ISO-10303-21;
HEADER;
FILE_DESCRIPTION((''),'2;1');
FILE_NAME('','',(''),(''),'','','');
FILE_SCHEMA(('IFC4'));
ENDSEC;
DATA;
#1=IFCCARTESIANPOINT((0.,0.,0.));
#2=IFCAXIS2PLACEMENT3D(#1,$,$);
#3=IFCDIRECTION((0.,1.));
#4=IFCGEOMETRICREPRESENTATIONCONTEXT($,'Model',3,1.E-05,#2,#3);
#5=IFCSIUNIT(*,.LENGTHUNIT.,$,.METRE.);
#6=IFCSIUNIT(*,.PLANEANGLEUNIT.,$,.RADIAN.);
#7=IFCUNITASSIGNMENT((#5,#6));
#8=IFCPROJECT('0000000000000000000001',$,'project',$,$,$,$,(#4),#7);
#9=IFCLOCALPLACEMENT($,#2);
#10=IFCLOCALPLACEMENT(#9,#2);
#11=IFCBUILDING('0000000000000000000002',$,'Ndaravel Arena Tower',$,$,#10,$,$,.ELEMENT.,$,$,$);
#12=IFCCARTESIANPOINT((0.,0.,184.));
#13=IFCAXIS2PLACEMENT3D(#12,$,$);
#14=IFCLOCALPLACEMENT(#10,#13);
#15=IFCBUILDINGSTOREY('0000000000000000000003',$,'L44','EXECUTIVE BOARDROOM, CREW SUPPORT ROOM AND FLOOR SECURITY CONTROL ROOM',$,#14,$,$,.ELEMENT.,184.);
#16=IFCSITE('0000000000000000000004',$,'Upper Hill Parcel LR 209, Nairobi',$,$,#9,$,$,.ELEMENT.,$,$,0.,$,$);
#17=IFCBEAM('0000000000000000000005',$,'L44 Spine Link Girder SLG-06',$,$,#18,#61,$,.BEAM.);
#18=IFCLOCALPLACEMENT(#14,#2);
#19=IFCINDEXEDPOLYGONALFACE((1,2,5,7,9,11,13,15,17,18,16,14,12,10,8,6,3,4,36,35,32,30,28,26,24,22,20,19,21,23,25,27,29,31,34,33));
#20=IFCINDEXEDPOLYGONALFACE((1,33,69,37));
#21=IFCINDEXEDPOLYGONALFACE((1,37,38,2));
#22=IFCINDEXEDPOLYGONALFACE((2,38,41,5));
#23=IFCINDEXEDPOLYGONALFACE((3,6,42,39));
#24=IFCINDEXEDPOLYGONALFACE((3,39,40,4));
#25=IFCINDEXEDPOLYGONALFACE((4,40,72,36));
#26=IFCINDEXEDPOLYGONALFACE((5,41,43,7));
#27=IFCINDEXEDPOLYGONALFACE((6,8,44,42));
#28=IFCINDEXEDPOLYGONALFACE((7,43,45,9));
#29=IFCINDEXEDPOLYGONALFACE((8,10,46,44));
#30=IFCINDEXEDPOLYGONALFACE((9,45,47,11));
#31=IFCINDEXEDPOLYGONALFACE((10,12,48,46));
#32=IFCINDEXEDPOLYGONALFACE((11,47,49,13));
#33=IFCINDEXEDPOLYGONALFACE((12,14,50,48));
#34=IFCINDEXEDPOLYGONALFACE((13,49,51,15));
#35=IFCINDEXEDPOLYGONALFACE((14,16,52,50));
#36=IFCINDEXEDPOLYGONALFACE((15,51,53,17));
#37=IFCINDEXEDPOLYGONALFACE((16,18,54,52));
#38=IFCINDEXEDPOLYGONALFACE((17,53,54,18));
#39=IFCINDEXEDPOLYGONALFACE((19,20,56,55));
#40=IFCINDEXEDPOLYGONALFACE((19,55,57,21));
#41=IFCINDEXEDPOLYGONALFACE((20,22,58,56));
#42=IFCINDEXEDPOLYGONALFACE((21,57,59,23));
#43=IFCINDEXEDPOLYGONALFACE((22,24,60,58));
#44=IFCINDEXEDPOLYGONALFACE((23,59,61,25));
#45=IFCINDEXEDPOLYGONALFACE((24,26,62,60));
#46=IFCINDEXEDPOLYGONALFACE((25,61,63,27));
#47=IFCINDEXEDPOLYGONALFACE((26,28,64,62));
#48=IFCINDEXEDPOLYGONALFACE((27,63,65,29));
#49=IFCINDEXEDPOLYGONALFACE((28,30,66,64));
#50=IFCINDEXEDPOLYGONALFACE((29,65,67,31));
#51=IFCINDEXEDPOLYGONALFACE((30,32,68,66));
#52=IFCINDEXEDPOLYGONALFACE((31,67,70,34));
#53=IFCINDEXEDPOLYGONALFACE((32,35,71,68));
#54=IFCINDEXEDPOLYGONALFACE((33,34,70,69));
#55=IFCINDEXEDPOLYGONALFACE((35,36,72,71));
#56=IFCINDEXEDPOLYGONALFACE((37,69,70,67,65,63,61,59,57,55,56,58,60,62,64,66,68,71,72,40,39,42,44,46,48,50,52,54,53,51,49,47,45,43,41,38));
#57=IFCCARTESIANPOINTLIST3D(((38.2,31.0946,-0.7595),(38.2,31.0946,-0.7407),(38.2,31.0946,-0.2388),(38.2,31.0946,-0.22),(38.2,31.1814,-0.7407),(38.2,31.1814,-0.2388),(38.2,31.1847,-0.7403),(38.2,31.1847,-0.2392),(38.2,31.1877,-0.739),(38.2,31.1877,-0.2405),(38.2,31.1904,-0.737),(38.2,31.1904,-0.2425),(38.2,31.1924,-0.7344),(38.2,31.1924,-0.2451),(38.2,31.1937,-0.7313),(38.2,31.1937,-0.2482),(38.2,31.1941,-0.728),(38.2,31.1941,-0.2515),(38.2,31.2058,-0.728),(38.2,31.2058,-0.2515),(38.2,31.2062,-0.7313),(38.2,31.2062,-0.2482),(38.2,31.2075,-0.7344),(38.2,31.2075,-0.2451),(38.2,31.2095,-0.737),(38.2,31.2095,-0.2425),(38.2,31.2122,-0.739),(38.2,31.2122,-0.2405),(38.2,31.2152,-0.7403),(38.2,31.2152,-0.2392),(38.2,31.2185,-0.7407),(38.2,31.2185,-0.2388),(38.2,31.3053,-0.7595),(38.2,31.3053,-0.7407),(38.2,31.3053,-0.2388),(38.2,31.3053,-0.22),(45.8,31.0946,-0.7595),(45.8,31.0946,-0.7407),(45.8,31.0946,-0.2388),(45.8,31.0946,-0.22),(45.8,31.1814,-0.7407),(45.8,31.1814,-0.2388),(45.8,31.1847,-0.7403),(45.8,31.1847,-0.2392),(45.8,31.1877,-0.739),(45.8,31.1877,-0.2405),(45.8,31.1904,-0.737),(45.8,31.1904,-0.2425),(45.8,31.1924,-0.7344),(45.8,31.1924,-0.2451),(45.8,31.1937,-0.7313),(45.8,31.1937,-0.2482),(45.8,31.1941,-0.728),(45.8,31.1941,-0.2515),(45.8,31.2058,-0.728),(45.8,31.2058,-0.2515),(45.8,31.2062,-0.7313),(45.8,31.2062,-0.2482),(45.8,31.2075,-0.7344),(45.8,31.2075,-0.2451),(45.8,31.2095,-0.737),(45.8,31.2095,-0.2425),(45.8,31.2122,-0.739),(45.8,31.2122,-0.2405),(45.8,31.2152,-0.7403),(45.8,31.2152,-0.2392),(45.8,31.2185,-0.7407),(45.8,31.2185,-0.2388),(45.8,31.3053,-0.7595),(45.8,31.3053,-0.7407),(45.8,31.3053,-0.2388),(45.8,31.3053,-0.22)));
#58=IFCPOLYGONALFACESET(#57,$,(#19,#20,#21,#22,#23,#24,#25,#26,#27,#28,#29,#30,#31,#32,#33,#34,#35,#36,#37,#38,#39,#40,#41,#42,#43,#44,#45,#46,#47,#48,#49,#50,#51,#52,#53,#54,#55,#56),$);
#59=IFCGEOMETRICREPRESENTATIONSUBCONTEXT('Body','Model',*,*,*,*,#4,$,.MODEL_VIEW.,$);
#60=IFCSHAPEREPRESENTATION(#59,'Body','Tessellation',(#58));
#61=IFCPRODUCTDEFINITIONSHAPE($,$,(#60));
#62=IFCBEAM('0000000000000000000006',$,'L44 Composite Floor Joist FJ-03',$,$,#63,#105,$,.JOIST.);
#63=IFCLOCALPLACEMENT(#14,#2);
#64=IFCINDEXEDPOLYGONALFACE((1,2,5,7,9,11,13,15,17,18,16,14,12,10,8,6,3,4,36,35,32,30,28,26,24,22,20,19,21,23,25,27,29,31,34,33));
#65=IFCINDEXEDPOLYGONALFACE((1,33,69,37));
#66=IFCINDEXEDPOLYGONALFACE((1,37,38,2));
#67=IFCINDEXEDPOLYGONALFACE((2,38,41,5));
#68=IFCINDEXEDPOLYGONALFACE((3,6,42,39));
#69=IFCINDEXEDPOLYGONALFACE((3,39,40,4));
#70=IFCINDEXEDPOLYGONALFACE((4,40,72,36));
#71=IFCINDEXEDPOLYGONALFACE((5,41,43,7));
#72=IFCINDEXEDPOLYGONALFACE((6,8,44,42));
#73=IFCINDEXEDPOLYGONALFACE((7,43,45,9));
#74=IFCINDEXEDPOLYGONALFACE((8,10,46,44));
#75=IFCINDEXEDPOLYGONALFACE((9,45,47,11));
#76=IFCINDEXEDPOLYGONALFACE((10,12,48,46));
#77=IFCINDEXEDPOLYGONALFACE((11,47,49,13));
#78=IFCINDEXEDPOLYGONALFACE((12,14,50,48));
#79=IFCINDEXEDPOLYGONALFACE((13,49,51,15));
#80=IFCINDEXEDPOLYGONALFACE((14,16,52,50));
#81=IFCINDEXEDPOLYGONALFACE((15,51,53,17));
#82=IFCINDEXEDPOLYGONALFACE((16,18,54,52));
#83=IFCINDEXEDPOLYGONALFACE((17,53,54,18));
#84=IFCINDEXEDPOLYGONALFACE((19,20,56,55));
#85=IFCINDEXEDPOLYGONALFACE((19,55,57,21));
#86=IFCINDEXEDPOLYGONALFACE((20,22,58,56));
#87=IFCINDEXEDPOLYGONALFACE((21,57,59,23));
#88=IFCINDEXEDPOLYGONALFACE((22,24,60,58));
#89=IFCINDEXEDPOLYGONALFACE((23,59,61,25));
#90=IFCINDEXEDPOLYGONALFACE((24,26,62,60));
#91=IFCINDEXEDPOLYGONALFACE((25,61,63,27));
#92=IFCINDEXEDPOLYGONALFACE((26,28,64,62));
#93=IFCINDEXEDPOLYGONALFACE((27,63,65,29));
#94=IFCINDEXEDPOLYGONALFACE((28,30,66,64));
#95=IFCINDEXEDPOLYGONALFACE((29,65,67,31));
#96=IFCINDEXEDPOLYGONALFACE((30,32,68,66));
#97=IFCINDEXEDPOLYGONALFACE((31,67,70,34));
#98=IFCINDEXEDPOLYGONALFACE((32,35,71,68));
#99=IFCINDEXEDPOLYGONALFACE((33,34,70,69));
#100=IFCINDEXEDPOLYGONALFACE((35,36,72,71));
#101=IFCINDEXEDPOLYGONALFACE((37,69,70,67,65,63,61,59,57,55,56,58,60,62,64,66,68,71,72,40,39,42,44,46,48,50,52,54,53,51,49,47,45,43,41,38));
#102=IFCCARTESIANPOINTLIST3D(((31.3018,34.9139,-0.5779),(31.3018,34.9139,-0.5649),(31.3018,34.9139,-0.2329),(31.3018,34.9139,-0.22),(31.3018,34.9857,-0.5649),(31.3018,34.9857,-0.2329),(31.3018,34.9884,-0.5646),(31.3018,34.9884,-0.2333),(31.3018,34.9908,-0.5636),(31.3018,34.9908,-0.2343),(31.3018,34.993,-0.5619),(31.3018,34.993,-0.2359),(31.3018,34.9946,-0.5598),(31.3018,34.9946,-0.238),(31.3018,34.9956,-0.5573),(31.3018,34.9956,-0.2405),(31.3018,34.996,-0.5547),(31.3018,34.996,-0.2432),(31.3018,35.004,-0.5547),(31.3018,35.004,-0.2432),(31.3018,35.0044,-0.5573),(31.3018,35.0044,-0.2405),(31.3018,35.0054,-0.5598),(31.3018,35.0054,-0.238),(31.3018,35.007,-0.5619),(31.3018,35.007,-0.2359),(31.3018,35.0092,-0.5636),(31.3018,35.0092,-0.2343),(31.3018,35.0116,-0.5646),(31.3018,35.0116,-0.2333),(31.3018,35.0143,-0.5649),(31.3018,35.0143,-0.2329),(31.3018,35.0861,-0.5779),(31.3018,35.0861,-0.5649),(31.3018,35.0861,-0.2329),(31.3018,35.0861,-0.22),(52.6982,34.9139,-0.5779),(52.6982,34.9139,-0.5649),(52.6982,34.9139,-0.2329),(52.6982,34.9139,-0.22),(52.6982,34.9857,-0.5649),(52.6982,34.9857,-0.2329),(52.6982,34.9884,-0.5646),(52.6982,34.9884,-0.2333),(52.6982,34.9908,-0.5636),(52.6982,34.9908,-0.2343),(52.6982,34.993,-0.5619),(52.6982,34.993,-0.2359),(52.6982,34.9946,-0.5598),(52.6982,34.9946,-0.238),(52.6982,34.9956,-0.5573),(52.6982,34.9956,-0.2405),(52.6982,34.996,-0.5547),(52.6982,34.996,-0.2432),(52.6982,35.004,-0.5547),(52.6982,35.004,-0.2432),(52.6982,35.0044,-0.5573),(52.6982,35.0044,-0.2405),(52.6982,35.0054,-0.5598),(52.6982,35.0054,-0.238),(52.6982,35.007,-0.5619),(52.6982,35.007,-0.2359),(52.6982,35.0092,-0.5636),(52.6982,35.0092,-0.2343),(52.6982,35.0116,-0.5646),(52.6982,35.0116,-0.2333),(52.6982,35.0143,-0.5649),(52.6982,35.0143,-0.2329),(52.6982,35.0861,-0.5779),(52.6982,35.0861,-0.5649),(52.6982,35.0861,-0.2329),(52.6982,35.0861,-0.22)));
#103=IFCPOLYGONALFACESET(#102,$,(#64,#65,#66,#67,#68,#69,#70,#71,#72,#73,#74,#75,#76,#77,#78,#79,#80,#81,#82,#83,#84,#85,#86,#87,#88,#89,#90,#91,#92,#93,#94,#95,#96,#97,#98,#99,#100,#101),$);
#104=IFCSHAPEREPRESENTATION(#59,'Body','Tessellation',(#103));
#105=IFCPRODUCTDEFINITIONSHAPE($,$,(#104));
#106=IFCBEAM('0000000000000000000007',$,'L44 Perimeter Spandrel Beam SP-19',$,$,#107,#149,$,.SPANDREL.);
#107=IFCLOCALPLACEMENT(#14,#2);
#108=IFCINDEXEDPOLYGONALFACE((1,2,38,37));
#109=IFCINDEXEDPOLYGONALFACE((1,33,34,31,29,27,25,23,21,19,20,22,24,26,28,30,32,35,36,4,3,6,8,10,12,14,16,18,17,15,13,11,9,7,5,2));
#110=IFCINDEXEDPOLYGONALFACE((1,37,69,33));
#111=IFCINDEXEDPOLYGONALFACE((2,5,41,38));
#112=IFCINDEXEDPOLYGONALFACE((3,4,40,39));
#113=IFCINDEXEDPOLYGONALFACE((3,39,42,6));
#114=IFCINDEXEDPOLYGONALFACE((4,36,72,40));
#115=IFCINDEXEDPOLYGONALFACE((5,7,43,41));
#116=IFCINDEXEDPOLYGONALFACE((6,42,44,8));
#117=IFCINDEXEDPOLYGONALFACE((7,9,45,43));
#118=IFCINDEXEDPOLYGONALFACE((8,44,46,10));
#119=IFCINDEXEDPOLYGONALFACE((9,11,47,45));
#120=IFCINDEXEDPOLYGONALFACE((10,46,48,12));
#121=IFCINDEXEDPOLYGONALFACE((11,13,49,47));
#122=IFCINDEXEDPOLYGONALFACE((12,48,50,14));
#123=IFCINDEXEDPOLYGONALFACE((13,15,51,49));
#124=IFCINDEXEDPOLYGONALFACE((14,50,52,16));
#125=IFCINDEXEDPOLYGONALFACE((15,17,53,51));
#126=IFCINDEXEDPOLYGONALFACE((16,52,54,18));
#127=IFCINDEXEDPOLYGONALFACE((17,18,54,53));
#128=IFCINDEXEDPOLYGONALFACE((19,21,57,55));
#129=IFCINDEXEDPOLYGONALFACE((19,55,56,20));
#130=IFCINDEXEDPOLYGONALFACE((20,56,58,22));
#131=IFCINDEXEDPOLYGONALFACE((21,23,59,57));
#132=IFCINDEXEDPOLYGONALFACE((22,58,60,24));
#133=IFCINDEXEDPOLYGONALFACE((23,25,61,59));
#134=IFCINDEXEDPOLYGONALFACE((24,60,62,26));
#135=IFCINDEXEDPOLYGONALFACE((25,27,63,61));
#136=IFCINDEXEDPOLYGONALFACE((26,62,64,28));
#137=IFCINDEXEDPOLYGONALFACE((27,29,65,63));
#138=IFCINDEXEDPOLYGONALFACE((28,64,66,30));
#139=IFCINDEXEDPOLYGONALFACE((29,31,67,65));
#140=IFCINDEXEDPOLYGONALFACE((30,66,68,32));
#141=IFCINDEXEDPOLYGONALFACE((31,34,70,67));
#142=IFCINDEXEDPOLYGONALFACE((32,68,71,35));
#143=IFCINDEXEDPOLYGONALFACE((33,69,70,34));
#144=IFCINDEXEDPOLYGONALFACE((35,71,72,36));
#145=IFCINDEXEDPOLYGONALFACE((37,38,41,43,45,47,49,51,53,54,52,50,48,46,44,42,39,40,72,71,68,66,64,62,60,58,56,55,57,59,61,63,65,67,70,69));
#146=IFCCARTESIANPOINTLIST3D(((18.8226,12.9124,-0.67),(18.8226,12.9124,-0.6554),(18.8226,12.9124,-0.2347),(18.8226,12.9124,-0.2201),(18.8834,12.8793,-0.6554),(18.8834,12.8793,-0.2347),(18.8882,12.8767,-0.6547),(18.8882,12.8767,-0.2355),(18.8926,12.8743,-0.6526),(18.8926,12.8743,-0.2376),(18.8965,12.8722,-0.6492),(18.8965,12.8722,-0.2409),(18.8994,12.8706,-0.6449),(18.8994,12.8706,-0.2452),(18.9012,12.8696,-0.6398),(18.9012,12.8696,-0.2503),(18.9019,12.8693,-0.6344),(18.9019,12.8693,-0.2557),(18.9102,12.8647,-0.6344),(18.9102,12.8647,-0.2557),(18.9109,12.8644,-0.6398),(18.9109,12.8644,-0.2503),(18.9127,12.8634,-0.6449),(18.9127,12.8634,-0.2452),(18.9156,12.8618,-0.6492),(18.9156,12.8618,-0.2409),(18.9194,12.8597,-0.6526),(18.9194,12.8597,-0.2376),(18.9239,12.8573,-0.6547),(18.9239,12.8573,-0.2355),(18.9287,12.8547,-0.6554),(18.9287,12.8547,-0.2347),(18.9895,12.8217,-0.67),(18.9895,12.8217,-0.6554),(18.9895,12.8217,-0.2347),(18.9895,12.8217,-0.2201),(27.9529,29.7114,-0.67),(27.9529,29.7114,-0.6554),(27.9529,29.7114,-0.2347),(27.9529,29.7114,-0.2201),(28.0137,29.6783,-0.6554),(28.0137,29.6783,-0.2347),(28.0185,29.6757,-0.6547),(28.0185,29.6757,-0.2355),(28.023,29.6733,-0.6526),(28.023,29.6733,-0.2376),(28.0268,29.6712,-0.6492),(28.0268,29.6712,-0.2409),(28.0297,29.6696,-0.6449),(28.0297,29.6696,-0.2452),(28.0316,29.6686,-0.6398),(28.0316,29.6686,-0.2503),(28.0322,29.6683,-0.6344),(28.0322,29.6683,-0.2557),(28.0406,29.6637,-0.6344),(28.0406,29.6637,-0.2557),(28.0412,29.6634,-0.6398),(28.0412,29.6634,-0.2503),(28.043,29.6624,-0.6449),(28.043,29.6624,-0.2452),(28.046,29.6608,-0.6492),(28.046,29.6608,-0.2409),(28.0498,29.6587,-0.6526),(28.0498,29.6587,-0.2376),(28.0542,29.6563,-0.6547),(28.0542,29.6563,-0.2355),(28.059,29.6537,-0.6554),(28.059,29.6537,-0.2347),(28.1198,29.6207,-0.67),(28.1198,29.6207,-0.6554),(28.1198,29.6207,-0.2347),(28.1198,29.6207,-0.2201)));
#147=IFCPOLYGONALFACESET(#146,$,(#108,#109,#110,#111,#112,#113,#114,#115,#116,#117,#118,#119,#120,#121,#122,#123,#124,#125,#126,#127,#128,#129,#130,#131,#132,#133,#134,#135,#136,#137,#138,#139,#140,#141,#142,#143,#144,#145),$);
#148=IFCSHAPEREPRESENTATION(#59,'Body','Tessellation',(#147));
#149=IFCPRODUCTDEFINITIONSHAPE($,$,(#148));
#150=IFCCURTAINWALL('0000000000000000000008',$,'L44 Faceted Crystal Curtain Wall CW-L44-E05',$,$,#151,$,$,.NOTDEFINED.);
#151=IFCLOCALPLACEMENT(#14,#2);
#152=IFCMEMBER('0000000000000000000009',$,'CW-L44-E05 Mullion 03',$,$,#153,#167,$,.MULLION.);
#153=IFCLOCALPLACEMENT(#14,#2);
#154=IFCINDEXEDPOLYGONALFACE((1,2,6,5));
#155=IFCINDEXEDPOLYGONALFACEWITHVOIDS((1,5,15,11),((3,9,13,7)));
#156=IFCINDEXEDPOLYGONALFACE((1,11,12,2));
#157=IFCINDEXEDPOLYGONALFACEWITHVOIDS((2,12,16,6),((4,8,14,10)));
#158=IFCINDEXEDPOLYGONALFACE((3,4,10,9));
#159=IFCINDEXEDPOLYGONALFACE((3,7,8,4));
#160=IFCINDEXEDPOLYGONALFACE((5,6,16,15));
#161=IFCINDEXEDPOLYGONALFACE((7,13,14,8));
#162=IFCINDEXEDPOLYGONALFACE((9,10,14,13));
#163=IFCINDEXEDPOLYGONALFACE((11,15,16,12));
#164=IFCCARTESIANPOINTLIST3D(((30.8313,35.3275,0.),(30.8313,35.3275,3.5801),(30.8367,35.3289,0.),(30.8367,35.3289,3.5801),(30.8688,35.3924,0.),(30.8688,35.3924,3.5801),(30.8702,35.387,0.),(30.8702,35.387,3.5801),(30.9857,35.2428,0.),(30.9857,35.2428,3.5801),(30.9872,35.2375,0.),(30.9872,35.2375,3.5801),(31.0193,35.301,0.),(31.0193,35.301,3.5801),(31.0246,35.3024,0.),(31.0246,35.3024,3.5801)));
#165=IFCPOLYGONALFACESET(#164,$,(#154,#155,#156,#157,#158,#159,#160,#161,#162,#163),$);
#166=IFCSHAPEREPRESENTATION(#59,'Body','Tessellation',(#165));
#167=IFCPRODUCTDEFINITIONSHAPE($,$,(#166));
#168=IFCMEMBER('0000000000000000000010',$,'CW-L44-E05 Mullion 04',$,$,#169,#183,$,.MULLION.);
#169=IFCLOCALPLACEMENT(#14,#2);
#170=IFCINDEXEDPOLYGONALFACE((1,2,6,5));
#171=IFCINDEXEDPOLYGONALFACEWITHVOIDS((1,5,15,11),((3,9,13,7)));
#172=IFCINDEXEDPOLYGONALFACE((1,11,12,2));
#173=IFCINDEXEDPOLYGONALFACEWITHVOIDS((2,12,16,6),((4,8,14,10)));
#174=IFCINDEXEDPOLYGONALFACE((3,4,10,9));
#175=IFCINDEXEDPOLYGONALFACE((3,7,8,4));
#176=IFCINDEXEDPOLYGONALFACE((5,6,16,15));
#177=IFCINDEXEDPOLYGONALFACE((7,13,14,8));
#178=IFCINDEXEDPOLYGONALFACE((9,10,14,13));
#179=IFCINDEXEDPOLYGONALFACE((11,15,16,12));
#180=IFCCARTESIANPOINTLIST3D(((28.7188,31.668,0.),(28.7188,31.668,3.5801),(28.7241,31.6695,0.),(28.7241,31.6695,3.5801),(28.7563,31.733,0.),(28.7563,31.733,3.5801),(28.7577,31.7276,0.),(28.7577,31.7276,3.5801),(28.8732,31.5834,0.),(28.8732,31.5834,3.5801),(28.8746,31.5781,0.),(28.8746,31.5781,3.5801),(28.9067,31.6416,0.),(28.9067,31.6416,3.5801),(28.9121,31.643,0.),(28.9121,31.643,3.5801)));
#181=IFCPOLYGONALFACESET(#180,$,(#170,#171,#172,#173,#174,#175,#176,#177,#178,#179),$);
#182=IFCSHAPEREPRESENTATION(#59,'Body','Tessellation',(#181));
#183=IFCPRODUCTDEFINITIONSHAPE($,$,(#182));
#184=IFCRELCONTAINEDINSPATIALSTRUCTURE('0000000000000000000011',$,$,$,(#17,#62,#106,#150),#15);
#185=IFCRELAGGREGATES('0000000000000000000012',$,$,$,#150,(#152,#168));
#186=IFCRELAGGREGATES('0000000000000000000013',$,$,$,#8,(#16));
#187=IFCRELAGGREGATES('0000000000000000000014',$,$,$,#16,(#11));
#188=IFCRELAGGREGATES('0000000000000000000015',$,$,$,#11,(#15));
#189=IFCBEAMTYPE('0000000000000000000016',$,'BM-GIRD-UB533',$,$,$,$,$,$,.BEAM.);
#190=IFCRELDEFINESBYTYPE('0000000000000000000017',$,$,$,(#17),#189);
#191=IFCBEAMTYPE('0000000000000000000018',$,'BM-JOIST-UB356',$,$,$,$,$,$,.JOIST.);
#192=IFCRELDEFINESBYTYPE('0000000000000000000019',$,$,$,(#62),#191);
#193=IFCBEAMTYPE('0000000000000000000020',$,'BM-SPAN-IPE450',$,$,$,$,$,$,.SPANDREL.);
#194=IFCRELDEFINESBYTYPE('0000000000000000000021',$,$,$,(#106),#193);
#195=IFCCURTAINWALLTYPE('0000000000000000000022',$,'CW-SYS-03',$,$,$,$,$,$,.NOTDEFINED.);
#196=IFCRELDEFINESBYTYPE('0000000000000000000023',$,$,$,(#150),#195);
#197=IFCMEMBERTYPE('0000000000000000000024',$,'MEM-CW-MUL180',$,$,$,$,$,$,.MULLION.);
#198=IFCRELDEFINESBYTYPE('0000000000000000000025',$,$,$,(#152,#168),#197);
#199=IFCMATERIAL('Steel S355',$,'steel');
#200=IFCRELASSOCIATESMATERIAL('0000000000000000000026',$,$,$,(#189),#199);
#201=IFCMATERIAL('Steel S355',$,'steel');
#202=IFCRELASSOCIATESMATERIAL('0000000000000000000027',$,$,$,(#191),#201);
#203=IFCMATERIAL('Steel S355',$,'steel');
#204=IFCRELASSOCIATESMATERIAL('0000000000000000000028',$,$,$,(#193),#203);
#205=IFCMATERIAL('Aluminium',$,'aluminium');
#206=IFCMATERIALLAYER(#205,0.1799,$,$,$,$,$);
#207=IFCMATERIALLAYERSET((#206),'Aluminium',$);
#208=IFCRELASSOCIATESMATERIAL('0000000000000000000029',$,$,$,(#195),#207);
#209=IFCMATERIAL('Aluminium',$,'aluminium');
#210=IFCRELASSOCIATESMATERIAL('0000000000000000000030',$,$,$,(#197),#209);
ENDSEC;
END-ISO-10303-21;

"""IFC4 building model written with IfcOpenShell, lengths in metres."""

from ifc_helpers import new_model, si_unit, direction, frame, origin, origin_2d, place, context, subcontext, project, spatial, hollow_rectangle, i_section, extrude, material, layer, layer_set, material_profile, profile_set, type_object, element, aggregate, save


model = new_model("IFC4")

# Units and contexts
model_context = context("Model", 3, precision=1e-05, world=origin(), true_north=direction((0.0, 1.0)))
body_context = subcontext(model_context, "Body", "Model", "MODEL_VIEW")
ifc_project = project(units=[si_unit("LENGTHUNIT", "METRE"), si_unit("PLANEANGLEUNIT", "RADIAN")], contexts=[model_context])

# Site, building, storey
site_placement = place(None, origin())
site = spatial("IfcSite", under=ifc_project, at=site_placement, Name="Upper Hill Parcel LR 209, Nairobi", CompositionType="ELEMENT", RefElevation=0.0)
building_placement = place(site_placement, origin())
building = spatial("IfcBuilding", under=site, at=building_placement, Name="Ndaravel Arena Tower", CompositionType="ELEMENT")
storey_placement = place(building_placement, frame((0.0, 0.0, 184.0)))
storey = spatial("IfcBuildingStorey", under=building, at=storey_placement, Name="L44", Description="EXECUTIVE BOARDROOM, CREW SUPPORT ROOM AND FLOOR SECURITY CONTROL ROOM", CompositionType="ELEMENT", Elevation=184.0)

# Beams
ifc_material_1 = material(Name="Steel S355", Category="steel")
ifc_material_profile_1 = material_profile(ifc_material_1, i_section(OverallWidth=0.2107, OverallDepth=0.5396, WebThickness=0.0117, FlangeThickness=0.0188, FilletRadius=0.0127, at=origin_2d()), Name="UB 533x210x109")
ifc_profile_set_1 = profile_set([ifc_material_profile_1], Name="Steel S355")
beam_type_1 = type_object("IfcBeamType", Name="BM-GIRD-UB533", PredefinedType="BEAM", material=ifc_profile_set_1)
beam_1_placement = place(storey_placement, frame((38.2, 31.2, -0.4897), z_axis=(1.0, 0.0, 0.0), x_axis=(0.0, 1.0, 0.0)))
element("IfcBeam", 1, at=beam_1_placement, inside=storey, type_object=beam_type_1, Name="L44 Spine Link Girder SLG-06", PredefinedType="BEAM", context=body_context, shape_type="SweptSolid", body=[
    extrude(i_section(OverallWidth=0.2107, OverallDepth=0.5396, WebThickness=0.0117, FlangeThickness=0.0188, FilletRadius=0.0127, at=origin_2d()), origin(), (0.0, 0.0, 1.0), 7.6001),
])
ifc_material_2 = material(Name="Steel S355", Category="steel")
ifc_material_profile_2 = material_profile(ifc_material_2, i_section(OverallWidth=0.1721, OverallDepth=0.3579, WebThickness=0.0081, FlangeThickness=0.0129, FilletRadius=0.0103, at=origin_2d()), Name="UB 356x171x57")
ifc_profile_set_2 = profile_set([ifc_material_profile_2], Name="Steel S355")
beam_type_2 = type_object("IfcBeamType", Name="BM-JOIST-UB356", PredefinedType="JOIST", material=ifc_profile_set_2)
beam_2_placement = place(storey_placement, frame((31.3018, 35.0, -0.3989), z_axis=(1.0, 0.0, 0.0), x_axis=(0.0, 1.0, 0.0)))
element("IfcBeam", 2, at=beam_2_placement, inside=storey, type_object=beam_type_2, Name="L44 Composite Floor Joist FJ-03", PredefinedType="JOIST", context=body_context, shape_type="SweptSolid", body=[
    extrude(i_section(OverallWidth=0.1721, OverallDepth=0.3579, WebThickness=0.0081, FlangeThickness=0.0129, FilletRadius=0.0103, at=origin_2d()), origin(), (0.0, 0.0, 1.0), 21.3965),
])
ifc_material_3 = material(Name="Steel S355", Category="steel")
ifc_material_profile_3 = material_profile(ifc_material_3, i_section(OverallWidth=0.1899, OverallDepth=0.45, WebThickness=0.0095, FlangeThickness=0.0146, FilletRadius=0.021, at=origin_2d()), Name="IPE 450")
ifc_profile_set_3 = profile_set([ifc_material_profile_3], Name="Steel S355")
beam_type_3 = type_object("IfcBeamType", Name="BM-SPAN-IPE450", PredefinedType="SPANDREL", material=ifc_profile_set_3)
beam_3_placement = place(storey_placement, frame((28.0364, 29.666, -0.4451), z_axis=(-0.477531, -0.878615, 0.0), x_axis=(0.878615, -0.477531, 0.0)))
element("IfcBeam", 3, at=beam_3_placement, inside=storey, type_object=beam_type_3, Name="L44 Perimeter Spandrel Beam SP-19", PredefinedType="SPANDREL", context=body_context, shape_type="SweptSolid", body=[
    extrude(i_section(OverallWidth=0.1899, OverallDepth=0.45, WebThickness=0.0095, FlangeThickness=0.0146, FilletRadius=0.021, at=origin_2d()), origin(), (0.0, 0.0, 1.0), 19.1199),
])

# Curtain wall, members
ifc_material_4 = material(Name="Aluminium", Category="aluminium")
ifc_layer_1 = layer(ifc_material_4, 0.1799)
ifc_layer_set_1 = layer_set([ifc_layer_1], Name="Aluminium")
curtain_wall_type = type_object("IfcCurtainWallType", Name="CW-SYS-03", PredefinedType="NOTDEFINED", material=ifc_layer_set_1)
curtain_wall_placement = place(storey_placement, origin())
curtain_wall = element("IfcCurtainWall", 4, at=curtain_wall_placement, inside=storey, type_object=curtain_wall_type, Name="L44 Faceted Crystal Curtain Wall CW-L44-E05", PredefinedType="NOTDEFINED")
ifc_material_5 = material(Name="Aluminium", Category="aluminium")
ifc_material_profile_4 = material_profile(ifc_material_5, hollow_rectangle(XDim=0.075, YDim=0.1799, WallThickness=0.0039, at=origin_2d()), Name="CW MULLION 75x180x4")
ifc_profile_set_4 = profile_set([ifc_material_profile_4], Name="Aluminium")
member_type = type_object("IfcMemberType", Name="MEM-CW-MUL180", PredefinedType="MULLION", material=ifc_profile_set_4)
member_1_placement = place(storey_placement, frame((30.928, 35.3149, 0.0), z_axis=(0.0, 0.0, 1.0), x_axis=(-0.5, -0.866025, 0.0)))
member_1 = element("IfcMember", 5, at=member_1_placement, type_object=member_type, Name="CW-L44-E05 Mullion 03", PredefinedType="MULLION", context=body_context, shape_type="SweptSolid", body=[
    extrude(hollow_rectangle(XDim=0.075, YDim=0.1799, WallThickness=0.0039, at=origin_2d()), origin(), (0.0, 0.0, 1.0), 3.5801),
])
member_2_placement = place(storey_placement, frame((28.8154, 31.6555, 0.0), z_axis=(0.0, 0.0, 1.0), x_axis=(-0.5, -0.866025, 0.0)))
member_2 = element("IfcMember", 6, at=member_2_placement, type_object=member_type, Name="CW-L44-E05 Mullion 04", PredefinedType="MULLION", context=body_context, shape_type="SweptSolid", body=[
    extrude(hollow_rectangle(XDim=0.075, YDim=0.1799, WallThickness=0.0039, at=origin_2d()), origin(), (0.0, 0.0, 1.0), 3.5801),
])
aggregate(curtain_wall, [member_1, member_2])

save(model, "model.ifc")
